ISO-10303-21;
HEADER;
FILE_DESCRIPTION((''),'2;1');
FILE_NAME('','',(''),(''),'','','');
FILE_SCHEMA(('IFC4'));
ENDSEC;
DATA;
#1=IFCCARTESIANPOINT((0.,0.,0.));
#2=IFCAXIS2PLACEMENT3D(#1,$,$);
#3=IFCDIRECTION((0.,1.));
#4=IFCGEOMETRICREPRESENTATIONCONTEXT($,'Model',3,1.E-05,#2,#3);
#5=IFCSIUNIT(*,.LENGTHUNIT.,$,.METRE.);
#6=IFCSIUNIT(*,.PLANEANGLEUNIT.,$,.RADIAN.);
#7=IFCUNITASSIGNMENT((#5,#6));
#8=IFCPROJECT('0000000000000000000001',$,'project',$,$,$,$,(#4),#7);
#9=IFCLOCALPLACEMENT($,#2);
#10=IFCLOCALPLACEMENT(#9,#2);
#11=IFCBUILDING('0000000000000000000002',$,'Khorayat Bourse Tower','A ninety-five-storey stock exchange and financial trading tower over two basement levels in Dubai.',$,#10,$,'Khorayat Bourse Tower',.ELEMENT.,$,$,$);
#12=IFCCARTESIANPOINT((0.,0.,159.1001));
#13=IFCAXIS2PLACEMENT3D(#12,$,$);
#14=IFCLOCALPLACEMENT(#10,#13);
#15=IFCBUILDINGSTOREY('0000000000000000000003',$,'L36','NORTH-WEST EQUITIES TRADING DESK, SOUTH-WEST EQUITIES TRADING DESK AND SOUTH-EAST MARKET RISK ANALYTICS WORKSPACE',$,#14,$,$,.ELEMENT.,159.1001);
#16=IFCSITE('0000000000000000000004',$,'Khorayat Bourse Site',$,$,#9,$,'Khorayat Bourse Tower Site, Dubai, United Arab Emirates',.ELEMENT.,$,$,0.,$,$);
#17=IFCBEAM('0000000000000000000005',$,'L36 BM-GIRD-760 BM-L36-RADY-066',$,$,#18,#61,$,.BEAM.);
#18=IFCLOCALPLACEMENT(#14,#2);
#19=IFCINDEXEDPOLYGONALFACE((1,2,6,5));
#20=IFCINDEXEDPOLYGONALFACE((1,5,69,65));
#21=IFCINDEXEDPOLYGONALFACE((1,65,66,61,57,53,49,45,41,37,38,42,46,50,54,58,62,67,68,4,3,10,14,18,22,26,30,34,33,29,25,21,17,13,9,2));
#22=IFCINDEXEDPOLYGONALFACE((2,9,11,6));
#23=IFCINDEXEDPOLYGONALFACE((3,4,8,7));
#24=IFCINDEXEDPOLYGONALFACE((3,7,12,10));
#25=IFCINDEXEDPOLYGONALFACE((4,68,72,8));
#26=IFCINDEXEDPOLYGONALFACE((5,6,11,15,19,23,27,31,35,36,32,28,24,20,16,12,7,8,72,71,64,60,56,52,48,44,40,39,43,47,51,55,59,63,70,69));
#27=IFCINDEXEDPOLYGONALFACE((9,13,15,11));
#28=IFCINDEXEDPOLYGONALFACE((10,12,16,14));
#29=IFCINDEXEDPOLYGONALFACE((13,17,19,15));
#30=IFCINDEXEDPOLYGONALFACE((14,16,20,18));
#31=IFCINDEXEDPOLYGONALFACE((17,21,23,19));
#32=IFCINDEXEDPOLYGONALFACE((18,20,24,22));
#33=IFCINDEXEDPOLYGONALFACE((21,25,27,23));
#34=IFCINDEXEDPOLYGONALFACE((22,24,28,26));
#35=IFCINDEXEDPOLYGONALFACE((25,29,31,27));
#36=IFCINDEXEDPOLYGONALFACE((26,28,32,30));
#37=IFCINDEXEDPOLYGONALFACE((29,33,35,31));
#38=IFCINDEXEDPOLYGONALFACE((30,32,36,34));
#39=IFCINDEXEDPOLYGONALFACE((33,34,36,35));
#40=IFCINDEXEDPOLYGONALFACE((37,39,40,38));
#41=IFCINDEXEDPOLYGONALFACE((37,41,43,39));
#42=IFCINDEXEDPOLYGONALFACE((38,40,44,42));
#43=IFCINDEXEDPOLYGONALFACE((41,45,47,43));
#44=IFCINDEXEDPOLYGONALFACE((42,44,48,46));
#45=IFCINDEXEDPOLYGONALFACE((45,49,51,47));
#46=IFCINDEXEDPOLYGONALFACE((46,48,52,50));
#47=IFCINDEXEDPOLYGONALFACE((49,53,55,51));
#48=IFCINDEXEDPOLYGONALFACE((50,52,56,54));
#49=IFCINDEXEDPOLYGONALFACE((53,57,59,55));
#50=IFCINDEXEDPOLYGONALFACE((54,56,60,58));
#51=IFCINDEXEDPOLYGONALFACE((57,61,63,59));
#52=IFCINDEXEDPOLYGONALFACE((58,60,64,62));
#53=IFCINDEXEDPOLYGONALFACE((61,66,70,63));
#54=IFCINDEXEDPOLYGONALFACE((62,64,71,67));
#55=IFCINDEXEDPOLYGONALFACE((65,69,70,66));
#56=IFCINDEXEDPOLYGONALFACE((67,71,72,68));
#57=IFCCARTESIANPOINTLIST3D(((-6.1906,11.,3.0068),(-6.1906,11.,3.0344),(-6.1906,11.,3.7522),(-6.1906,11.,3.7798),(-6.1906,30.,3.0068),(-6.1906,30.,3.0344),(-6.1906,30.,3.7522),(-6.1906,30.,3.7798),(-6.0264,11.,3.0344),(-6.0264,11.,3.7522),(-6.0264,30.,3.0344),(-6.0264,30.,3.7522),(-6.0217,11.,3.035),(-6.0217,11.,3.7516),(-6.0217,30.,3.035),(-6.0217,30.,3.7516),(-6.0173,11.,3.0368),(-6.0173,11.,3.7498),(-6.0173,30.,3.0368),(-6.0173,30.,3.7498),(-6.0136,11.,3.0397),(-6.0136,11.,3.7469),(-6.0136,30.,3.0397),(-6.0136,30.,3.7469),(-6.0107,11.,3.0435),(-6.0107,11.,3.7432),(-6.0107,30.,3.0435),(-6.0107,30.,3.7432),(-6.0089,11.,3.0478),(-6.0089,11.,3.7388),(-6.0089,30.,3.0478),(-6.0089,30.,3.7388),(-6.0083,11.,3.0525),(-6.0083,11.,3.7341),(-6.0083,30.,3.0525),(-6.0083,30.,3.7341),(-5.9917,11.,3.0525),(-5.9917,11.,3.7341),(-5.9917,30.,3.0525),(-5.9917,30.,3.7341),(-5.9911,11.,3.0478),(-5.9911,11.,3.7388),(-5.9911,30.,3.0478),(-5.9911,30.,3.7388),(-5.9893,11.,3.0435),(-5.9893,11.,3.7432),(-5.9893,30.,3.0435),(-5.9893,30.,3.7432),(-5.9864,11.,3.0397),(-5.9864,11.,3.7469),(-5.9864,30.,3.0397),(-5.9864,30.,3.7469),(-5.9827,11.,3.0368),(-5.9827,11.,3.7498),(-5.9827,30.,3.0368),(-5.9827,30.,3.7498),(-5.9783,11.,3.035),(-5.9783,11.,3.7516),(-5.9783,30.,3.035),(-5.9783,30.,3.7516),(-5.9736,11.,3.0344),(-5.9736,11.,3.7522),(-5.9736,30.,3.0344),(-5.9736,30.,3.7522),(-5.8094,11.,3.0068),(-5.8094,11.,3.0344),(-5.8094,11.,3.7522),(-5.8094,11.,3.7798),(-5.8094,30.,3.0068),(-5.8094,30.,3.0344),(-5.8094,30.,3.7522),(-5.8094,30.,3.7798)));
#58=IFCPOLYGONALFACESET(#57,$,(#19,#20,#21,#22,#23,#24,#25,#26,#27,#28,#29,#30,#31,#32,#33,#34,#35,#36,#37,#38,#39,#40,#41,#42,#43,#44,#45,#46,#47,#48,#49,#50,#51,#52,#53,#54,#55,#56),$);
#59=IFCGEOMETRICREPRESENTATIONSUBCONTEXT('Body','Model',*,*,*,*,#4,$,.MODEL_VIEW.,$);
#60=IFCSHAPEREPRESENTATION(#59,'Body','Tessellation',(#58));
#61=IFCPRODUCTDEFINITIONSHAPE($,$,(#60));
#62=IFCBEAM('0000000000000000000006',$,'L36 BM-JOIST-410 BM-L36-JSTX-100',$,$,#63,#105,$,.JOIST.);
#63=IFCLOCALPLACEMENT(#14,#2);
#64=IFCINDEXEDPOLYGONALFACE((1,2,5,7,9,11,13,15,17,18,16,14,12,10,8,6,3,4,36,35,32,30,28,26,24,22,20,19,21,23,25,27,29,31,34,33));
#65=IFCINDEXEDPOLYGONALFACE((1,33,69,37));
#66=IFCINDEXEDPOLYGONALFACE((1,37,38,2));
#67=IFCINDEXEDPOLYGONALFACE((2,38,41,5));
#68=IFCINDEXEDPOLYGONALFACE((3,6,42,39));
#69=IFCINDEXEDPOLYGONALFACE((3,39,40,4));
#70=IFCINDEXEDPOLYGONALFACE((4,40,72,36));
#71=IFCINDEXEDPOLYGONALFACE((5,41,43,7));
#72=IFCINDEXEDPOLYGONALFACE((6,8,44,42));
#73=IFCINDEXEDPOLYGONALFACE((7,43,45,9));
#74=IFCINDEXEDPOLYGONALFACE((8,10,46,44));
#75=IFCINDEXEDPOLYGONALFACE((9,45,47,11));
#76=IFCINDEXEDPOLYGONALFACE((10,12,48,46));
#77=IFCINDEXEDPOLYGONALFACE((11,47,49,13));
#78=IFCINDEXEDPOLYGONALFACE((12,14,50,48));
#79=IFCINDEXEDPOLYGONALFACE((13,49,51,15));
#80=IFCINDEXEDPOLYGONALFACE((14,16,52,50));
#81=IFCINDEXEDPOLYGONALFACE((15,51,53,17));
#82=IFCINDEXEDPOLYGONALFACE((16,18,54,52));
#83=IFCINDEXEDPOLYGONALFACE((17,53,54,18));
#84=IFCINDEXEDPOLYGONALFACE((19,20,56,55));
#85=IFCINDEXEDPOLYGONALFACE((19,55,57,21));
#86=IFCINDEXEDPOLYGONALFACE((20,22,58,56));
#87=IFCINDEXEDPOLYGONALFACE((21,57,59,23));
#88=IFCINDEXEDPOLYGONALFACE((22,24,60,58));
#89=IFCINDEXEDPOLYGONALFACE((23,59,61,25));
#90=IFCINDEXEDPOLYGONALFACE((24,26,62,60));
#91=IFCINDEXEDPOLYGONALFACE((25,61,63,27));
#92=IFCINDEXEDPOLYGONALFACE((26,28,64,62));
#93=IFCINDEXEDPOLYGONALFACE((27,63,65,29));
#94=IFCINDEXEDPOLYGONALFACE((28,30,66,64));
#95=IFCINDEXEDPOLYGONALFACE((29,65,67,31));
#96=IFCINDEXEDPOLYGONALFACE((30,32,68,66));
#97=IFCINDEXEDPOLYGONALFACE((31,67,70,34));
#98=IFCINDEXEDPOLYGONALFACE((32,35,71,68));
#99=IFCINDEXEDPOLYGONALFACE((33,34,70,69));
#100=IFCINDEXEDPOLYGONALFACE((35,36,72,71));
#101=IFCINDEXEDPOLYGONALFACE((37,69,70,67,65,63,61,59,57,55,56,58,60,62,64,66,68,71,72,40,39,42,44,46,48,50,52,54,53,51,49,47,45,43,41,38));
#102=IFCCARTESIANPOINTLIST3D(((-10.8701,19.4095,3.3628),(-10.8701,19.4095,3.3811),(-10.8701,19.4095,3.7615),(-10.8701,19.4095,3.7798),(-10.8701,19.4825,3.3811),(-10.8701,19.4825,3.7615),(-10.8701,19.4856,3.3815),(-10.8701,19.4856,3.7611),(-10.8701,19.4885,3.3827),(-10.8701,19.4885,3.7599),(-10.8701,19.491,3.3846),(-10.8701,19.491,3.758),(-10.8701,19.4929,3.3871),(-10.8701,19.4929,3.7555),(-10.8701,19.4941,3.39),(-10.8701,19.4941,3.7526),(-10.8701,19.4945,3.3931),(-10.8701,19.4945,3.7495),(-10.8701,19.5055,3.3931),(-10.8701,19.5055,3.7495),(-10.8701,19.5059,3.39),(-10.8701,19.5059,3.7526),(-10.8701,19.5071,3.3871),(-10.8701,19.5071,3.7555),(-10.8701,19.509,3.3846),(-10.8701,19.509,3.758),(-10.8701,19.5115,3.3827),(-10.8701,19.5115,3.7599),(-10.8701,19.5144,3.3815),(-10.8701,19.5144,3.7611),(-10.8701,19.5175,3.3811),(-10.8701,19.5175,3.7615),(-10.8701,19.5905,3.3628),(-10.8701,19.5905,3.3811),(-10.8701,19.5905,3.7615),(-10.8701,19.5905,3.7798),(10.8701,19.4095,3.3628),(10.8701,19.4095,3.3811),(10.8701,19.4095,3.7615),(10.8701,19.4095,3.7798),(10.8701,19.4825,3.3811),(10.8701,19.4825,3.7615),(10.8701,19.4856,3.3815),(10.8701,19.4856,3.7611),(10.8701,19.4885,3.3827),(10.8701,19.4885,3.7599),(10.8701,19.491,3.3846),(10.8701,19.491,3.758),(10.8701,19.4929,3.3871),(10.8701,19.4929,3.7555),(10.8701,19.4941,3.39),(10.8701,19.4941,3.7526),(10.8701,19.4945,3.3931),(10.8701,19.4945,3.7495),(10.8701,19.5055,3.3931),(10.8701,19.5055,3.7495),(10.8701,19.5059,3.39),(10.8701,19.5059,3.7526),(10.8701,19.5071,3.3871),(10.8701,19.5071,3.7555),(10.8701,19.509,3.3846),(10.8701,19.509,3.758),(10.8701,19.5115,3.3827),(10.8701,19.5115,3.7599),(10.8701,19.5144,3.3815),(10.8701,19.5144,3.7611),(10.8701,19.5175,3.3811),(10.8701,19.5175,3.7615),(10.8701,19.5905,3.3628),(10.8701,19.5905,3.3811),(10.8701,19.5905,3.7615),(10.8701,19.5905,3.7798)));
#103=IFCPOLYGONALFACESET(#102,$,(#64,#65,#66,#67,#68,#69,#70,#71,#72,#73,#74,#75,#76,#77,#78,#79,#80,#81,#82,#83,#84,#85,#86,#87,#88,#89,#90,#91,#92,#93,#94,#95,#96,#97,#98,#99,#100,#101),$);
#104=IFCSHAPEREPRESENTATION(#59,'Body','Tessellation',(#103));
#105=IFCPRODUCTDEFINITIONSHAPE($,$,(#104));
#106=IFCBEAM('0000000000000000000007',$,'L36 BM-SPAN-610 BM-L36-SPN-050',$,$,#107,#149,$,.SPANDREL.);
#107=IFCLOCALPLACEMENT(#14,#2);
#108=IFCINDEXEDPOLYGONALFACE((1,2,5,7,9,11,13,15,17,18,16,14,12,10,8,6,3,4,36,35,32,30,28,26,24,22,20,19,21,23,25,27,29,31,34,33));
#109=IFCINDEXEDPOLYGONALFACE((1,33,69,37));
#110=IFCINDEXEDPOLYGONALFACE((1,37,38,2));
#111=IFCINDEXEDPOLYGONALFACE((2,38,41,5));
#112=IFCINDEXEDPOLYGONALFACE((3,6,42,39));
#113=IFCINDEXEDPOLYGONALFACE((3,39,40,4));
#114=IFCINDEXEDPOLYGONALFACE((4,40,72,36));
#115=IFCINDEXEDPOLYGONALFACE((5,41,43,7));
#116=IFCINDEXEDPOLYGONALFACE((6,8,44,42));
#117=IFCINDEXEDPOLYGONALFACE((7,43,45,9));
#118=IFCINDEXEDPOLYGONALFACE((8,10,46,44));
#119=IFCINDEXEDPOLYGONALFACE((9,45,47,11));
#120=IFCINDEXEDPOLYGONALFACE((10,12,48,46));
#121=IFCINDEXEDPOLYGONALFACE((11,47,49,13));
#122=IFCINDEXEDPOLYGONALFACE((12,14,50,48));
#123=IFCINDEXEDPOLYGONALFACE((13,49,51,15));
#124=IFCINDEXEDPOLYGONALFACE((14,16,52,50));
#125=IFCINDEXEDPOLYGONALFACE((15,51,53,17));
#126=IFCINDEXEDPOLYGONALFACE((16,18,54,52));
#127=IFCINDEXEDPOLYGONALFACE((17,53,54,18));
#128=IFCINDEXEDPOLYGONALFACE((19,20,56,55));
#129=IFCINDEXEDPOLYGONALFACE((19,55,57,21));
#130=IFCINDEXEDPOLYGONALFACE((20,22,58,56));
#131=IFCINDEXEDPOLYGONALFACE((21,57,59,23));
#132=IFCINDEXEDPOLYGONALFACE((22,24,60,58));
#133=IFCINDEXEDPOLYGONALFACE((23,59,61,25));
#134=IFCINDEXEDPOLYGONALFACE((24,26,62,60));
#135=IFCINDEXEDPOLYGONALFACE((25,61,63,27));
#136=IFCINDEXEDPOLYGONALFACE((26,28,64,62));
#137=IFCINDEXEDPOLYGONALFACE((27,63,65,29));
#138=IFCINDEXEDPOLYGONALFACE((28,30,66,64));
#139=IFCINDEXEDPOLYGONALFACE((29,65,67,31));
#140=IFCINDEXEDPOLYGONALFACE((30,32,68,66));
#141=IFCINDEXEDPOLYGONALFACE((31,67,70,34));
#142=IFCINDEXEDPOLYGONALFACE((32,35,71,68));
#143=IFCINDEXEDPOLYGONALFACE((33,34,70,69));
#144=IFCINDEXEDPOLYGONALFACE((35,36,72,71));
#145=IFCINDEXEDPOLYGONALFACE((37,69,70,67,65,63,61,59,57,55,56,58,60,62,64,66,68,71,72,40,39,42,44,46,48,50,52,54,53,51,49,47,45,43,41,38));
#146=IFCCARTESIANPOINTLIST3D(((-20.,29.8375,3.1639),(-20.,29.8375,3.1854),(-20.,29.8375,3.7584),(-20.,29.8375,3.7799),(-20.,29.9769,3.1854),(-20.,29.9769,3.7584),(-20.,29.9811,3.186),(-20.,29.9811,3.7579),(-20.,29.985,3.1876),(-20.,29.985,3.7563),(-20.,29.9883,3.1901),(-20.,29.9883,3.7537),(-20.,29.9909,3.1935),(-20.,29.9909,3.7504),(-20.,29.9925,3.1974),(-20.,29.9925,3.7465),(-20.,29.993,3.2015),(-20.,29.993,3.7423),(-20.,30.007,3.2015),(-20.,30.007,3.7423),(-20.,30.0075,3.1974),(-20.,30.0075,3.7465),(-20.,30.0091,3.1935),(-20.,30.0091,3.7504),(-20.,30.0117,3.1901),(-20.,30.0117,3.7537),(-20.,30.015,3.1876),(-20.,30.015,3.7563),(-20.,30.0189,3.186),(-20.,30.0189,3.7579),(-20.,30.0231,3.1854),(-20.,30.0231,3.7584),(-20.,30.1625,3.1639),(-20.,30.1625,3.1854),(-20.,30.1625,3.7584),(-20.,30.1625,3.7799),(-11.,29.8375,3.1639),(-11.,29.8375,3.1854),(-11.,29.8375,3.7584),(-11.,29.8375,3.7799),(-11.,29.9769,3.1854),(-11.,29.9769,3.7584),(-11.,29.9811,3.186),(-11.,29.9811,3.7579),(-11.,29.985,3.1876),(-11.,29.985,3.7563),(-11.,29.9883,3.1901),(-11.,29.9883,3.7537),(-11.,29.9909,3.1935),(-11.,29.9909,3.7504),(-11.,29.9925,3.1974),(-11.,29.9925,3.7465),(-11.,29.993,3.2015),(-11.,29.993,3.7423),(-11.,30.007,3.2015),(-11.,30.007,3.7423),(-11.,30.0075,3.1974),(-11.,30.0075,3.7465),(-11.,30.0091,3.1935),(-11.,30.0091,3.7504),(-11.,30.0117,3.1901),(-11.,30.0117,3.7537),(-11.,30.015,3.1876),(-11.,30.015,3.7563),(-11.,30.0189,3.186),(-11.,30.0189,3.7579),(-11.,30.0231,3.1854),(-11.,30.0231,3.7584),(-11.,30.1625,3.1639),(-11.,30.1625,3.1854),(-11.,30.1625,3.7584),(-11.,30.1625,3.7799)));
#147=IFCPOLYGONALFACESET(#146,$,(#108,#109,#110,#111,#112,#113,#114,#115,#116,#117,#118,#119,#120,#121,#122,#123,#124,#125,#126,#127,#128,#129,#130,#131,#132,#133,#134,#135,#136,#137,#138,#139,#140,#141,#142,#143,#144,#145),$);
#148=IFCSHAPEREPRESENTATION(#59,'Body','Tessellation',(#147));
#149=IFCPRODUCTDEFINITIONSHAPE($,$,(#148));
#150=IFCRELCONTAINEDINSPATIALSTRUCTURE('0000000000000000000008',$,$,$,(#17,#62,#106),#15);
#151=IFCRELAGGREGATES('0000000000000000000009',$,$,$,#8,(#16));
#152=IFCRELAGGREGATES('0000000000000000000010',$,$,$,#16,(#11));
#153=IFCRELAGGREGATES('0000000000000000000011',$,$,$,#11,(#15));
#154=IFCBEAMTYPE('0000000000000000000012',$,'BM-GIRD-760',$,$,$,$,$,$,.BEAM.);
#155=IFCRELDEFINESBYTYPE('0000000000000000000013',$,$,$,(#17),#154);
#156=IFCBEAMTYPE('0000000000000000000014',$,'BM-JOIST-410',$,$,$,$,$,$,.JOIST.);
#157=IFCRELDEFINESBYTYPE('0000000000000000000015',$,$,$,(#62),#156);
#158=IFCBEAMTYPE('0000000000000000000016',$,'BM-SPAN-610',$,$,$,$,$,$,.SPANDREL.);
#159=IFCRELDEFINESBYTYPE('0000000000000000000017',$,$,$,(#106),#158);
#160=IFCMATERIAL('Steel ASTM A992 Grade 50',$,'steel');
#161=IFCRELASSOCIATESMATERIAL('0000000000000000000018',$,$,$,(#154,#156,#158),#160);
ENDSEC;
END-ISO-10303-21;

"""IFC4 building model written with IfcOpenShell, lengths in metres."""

from ifc_helpers import new_model, si_unit, direction, frame, origin, origin_2d, place, context, subcontext, project, spatial, i_section, extrude, source, transform, mapped, material, material_profile, profile_set, type_object, element, save


model = new_model("IFC4")

# Units and contexts
model_context = context("Model", 3, precision=1e-05, world=origin(), true_north=direction((0.0, 1.0)))
body_context = subcontext(model_context, "Body", "Model", "MODEL_VIEW")
ifc_project = project(units=[si_unit("LENGTHUNIT", "METRE"), si_unit("PLANEANGLEUNIT", "RADIAN")], contexts=[model_context])

# Site, building, storey
site_placement = place(None, origin())
site = spatial("IfcSite", under=ifc_project, at=site_placement, Name="Khorayat Bourse Site", LongName="Khorayat Bourse Tower Site, Dubai, United Arab Emirates", CompositionType="ELEMENT", RefElevation=0.0)
building_placement = place(site_placement, origin())
building = spatial("IfcBuilding", under=site, at=building_placement, Name="Khorayat Bourse Tower", Description="A ninety-five-storey stock exchange and financial trading tower over two basement levels in Dubai.", LongName="Khorayat Bourse Tower", CompositionType="ELEMENT")
storey_placement = place(building_placement, frame((0.0, 0.0, 159.1001)))
storey = spatial("IfcBuildingStorey", under=building, at=storey_placement, Name="L36", Description="NORTH-WEST EQUITIES TRADING DESK, SOUTH-WEST EQUITIES TRADING DESK AND SOUTH-EAST MARKET RISK ANALYTICS WORKSPACE", CompositionType="ELEMENT", Elevation=159.1001)

# Beams
ifc_material_1 = material(Name="Steel ASTM A992 Grade 50", Category="steel")
ifc_material_profile_1 = material_profile(ifc_material_1, i_section(OverallWidth=0.3811, OverallDepth=0.7729, WebThickness=0.0166, FlangeThickness=0.0276, FilletRadius=0.0181, at=origin_2d()), Name="W760X257")
ifc_profile_set_1 = profile_set([ifc_material_profile_1], Name="Steel ASTM A992 Grade 50")
beam_type_1 = type_object("IfcBeamType", Name="BM-GIRD-760", PredefinedType="BEAM", material=ifc_profile_set_1)
shared_shape_1 = source(origin(), body_context, "Body", "SweptSolid", [
    extrude(i_section(OverallWidth=0.3811, OverallDepth=0.7729, WebThickness=0.0166, FlangeThickness=0.0276, FilletRadius=0.0181, at=origin_2d()), origin(), (0.0, 0.0, 1.0), 19.0),
])
for number, where, z_axis, x_axis, name in (
    (1, (-6.0, 11.0, 3.3933), (0.0, 1.0, 0.0), (-1.0, 0.0, 0.0), "L36 BM-GIRD-760 BM-L36-RADY-066"),
):
    element("IfcBeam", number, at=place(storey_placement, frame(where, z_axis=z_axis, x_axis=x_axis)), inside=storey, type_object=beam_type_1, Name=name, PredefinedType="BEAM", context=body_context, shape_type="MappedRepresentation", body=[
        mapped(shared_shape_1, transform((0.0, 0.0, 0.0), scale=1.0)),
    ])
ifc_material_profile_2 = material_profile(ifc_material_1, i_section(OverallWidth=0.1809, OverallDepth=0.417, WebThickness=0.011, FlangeThickness=0.0183, FilletRadius=0.012, at=origin_2d()), Name="W410X85")
ifc_profile_set_2 = profile_set([ifc_material_profile_2], Name="Steel ASTM A992 Grade 50")
beam_type_2 = type_object("IfcBeamType", Name="BM-JOIST-410", PredefinedType="JOIST", material=ifc_profile_set_2)
shared_shape_2 = source(origin(), body_context, "Body", "SweptSolid", [
    extrude(i_section(OverallWidth=0.1809, OverallDepth=0.417, WebThickness=0.011, FlangeThickness=0.0183, FilletRadius=0.012, at=origin_2d()), origin(), (0.0, 0.0, 1.0), 21.7402),
])
beam_1_placement = place(storey_placement, frame((-10.8701, 19.5, 3.5713), z_axis=(1.0, 0.0, 0.0), x_axis=(0.0, 1.0, 0.0)))
element("IfcBeam", 2, at=beam_1_placement, inside=storey, type_object=beam_type_2, Name="L36 BM-JOIST-410 BM-L36-JSTX-100", PredefinedType="JOIST", context=body_context, shape_type="MappedRepresentation", body=[
    mapped(shared_shape_2, transform((0.0, 0.0, 0.0), scale=1.0)),
])
ifc_material_profile_3 = material_profile(ifc_material_1, i_section(OverallWidth=0.325, OverallDepth=0.616, WebThickness=0.0139, FlangeThickness=0.0215, FilletRadius=0.0161, at=origin_2d()), Name="W610X174")
ifc_profile_set_3 = profile_set([ifc_material_profile_3], Name="Steel ASTM A992 Grade 50")
beam_type_3 = type_object("IfcBeamType", Name="BM-SPAN-610", PredefinedType="SPANDREL", material=ifc_profile_set_3)
shared_shape_3 = source(origin(), body_context, "Body", "SweptSolid", [
    extrude(i_section(OverallWidth=0.325, OverallDepth=0.616, WebThickness=0.0139, FlangeThickness=0.0215, FilletRadius=0.0161, at=origin_2d()), origin(), (0.0, 0.0, 1.0), 9.0),
])
beam_2_placement = place(storey_placement, frame((-20.0, 30.0, 3.4719), z_axis=(1.0, 0.0, 0.0), x_axis=(0.0, 1.0, 0.0)))
element("IfcBeam", 3, at=beam_2_placement, inside=storey, type_object=beam_type_3, Name="L36 BM-SPAN-610 BM-L36-SPN-050", PredefinedType="SPANDREL", context=body_context, shape_type="MappedRepresentation", body=[
    mapped(shared_shape_3, transform((0.0, 0.0, 0.0), scale=1.0)),
])

save(model, "model.ifc")
